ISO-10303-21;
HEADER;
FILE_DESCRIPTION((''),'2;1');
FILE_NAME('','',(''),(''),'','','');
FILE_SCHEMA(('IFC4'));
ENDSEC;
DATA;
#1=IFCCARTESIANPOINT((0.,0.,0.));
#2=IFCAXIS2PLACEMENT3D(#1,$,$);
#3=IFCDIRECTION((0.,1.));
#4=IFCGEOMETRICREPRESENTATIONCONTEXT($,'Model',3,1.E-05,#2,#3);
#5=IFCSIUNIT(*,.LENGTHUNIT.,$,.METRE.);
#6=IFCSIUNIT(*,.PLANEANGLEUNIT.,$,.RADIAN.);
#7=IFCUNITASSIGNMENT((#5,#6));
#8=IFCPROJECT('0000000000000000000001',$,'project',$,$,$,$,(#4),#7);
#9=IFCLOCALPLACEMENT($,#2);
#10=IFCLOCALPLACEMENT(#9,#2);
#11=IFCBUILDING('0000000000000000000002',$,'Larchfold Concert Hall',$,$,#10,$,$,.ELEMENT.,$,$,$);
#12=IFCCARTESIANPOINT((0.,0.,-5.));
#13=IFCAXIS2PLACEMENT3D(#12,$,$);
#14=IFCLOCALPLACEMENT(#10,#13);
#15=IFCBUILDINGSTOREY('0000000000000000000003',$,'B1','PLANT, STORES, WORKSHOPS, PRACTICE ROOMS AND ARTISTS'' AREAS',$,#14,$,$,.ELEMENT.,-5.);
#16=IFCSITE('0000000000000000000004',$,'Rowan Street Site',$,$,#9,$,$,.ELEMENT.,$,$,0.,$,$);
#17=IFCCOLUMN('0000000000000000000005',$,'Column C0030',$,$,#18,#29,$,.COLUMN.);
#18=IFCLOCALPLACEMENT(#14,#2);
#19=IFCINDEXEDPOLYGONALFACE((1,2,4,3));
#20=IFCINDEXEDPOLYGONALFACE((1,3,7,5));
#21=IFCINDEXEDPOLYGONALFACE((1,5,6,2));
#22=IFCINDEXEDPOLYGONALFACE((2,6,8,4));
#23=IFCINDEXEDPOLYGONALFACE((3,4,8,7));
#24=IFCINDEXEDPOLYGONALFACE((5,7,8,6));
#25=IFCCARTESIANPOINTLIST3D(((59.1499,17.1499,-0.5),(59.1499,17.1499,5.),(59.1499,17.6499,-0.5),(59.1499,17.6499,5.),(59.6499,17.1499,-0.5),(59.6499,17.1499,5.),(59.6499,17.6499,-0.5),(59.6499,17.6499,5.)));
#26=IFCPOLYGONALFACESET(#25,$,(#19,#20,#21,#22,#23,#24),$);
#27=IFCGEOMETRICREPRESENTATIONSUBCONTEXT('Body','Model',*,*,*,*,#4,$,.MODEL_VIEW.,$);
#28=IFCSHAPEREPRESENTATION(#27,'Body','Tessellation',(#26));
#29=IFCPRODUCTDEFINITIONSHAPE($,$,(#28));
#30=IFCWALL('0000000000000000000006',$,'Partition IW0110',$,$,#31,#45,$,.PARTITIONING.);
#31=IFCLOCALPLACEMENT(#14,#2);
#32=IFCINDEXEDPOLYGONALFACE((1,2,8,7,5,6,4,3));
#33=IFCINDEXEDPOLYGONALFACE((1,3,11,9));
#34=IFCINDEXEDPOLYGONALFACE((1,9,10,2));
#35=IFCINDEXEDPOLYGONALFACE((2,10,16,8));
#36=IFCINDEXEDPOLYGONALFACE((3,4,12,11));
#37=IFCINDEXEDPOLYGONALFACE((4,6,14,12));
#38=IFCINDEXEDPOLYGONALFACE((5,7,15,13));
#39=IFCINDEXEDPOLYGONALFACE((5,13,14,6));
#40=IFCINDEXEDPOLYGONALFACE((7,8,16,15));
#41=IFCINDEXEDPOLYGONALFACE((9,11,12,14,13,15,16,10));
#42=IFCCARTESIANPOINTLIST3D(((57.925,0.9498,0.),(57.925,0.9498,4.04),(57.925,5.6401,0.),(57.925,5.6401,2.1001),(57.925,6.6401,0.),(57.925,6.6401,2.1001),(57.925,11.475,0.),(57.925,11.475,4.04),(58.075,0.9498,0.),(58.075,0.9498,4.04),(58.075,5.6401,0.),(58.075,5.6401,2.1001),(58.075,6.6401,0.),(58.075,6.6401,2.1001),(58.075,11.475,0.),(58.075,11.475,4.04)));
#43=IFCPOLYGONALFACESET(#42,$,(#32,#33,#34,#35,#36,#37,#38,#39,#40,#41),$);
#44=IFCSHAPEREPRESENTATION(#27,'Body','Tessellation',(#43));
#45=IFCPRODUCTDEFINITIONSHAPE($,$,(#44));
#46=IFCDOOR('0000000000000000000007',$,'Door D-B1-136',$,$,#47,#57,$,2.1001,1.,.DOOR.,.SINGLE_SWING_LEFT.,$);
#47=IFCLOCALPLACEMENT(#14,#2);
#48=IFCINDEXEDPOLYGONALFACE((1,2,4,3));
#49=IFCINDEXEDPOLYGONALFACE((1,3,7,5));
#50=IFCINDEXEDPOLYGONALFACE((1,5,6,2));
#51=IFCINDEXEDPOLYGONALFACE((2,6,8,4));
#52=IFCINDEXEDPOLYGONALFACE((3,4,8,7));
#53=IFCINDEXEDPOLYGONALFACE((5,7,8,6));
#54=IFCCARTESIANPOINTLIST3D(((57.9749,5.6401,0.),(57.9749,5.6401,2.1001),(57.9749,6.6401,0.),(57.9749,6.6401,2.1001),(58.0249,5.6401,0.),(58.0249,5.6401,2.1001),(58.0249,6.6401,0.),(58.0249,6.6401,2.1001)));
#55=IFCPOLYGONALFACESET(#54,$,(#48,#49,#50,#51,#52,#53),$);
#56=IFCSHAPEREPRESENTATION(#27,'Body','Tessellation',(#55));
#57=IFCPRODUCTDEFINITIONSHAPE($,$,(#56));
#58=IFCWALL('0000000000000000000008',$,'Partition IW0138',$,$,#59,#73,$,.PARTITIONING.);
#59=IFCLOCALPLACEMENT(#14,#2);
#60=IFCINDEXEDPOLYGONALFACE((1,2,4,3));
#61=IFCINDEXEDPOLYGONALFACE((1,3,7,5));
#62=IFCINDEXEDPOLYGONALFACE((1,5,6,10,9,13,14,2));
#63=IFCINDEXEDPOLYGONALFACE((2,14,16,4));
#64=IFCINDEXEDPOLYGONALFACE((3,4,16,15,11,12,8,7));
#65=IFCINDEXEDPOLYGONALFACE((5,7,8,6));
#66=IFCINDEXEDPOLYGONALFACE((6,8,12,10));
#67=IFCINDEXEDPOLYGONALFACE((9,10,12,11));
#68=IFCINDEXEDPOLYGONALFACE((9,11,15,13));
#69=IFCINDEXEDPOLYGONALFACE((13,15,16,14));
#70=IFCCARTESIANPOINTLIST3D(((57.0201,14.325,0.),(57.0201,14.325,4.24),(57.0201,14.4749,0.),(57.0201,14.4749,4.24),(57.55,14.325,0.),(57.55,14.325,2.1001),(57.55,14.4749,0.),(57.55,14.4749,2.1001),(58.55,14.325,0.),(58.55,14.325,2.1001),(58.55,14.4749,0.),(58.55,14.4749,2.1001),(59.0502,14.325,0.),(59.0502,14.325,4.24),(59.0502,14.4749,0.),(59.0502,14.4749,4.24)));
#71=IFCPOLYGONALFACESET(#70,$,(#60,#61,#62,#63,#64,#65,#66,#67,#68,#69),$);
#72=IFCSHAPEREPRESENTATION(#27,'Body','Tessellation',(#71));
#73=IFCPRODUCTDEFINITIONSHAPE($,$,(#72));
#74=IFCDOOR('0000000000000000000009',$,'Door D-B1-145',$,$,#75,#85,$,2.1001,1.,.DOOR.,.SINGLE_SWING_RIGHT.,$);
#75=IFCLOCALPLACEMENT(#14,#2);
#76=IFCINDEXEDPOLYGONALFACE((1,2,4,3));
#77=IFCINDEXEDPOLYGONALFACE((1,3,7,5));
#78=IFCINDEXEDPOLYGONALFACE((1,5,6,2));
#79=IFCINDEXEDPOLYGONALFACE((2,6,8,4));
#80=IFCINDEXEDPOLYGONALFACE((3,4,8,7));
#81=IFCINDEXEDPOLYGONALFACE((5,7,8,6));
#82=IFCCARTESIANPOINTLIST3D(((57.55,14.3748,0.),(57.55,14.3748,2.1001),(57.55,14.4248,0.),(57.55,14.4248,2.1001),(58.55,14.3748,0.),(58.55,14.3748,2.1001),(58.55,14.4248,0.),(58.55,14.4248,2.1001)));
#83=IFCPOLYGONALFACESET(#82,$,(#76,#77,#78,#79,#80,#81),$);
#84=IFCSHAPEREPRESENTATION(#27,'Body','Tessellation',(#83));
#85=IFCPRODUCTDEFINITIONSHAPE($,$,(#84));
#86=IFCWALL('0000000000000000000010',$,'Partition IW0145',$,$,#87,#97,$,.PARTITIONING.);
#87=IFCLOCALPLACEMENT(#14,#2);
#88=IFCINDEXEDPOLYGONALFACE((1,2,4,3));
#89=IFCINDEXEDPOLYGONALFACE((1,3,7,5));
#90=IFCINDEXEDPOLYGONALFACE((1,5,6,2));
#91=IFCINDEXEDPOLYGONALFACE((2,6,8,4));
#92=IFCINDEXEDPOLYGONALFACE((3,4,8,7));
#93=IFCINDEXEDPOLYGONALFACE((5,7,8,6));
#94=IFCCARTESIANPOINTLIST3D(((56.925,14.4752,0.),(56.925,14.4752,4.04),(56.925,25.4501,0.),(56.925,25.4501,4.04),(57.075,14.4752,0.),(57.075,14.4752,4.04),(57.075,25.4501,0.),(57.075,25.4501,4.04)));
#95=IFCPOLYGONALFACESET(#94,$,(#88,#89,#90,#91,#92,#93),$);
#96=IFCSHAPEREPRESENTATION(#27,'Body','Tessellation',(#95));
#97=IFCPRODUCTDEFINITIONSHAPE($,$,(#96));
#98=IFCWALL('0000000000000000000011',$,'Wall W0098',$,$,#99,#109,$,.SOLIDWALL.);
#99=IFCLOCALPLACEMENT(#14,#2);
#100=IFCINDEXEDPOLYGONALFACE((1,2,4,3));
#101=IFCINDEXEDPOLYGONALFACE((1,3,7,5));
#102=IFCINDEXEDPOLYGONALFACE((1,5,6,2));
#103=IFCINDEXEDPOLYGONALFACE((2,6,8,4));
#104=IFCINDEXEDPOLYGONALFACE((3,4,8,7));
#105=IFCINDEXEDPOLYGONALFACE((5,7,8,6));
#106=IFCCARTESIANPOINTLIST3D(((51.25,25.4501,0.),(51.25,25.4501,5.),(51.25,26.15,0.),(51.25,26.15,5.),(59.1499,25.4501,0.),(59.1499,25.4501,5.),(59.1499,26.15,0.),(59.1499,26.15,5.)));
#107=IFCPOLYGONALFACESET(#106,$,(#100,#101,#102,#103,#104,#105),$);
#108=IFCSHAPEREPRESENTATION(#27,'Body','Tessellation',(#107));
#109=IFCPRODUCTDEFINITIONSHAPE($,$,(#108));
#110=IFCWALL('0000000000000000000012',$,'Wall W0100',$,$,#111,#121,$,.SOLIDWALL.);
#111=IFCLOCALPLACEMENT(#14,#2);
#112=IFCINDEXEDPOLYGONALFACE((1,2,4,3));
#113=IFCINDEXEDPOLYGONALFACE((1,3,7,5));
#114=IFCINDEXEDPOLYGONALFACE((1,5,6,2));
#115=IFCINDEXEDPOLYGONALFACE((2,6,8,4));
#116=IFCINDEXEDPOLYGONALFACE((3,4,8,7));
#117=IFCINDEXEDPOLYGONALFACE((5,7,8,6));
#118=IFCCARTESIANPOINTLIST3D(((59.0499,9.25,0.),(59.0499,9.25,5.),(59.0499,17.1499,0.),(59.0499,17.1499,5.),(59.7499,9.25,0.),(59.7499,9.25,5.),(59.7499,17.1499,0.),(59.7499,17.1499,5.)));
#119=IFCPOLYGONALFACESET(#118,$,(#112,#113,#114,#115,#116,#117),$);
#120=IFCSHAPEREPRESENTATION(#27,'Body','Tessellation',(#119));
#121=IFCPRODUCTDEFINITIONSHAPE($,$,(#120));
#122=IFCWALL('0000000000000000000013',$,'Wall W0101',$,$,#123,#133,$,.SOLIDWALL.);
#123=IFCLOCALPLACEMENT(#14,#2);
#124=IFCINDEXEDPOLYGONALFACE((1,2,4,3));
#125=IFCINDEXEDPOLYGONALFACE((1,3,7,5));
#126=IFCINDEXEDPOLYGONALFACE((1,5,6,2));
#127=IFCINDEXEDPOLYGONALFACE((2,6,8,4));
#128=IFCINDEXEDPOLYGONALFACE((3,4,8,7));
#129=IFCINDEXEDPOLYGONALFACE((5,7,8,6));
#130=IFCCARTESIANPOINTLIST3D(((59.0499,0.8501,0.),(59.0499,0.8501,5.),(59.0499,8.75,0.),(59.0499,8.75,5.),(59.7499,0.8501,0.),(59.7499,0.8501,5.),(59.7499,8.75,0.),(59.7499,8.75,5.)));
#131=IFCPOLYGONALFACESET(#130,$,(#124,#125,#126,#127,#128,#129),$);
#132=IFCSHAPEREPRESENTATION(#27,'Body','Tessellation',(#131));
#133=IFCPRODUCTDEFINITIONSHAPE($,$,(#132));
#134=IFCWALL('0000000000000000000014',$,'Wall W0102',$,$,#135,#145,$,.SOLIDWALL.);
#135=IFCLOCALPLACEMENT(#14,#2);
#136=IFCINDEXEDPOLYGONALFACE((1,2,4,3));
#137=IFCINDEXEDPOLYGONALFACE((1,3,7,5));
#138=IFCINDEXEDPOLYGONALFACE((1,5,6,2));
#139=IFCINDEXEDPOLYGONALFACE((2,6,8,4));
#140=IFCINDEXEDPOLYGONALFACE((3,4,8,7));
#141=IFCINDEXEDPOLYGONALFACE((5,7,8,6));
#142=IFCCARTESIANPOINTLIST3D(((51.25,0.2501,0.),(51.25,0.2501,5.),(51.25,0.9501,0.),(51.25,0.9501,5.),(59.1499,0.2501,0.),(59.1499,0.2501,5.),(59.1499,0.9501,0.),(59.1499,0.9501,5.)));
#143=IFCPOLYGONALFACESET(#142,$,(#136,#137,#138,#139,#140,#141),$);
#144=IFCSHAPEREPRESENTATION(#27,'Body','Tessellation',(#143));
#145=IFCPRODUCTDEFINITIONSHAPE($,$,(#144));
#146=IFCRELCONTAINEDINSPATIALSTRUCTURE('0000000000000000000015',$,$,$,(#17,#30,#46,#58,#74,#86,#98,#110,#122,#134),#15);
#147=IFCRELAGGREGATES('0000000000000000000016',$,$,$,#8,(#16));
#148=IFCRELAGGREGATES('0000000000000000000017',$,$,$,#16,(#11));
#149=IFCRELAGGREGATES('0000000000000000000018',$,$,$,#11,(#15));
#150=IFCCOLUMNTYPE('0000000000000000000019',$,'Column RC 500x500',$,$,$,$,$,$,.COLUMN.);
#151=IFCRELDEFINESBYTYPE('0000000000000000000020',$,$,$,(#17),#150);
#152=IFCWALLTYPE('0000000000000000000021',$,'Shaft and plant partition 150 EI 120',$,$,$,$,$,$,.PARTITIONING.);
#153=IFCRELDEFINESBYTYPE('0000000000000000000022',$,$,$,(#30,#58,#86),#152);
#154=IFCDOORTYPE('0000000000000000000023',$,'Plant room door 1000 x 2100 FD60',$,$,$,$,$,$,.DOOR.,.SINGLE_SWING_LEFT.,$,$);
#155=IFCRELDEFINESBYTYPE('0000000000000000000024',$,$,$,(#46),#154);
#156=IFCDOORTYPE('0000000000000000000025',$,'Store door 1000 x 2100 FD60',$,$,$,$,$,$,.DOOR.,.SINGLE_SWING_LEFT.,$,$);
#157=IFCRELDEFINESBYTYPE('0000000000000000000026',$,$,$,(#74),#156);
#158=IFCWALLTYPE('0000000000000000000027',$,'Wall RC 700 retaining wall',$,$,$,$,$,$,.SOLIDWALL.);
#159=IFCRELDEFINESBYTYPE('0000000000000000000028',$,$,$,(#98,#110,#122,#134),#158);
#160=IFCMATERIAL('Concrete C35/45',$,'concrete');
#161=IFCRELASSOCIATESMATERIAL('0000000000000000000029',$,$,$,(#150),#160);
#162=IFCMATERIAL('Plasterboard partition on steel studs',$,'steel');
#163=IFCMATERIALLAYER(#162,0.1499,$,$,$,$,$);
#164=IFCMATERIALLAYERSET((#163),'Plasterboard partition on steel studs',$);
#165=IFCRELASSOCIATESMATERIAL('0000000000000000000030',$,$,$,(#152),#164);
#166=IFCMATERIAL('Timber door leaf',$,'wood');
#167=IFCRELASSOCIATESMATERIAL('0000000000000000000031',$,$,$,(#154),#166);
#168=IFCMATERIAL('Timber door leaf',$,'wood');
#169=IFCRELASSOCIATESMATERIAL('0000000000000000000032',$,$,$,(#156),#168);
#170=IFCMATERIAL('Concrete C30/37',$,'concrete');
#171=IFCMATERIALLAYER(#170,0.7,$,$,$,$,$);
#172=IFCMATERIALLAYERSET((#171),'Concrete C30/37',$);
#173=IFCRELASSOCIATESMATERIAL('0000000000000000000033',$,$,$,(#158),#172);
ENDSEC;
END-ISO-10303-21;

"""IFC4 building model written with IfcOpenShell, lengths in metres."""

from ifc_helpers import new_model, si_unit, direction, frame, frame_2d, origin, origin_2d, place, context, subcontext, project, spatial, rectangle, extrude, material, layer, layer_set, material_profile, profile_set, type_object, element, fill, save


model = new_model("IFC4")

# Units and contexts
model_context = context("Model", 3, precision=1e-05, world=origin(), true_north=direction((0.0, 1.0)))
body_context = subcontext(model_context, "Body", "Model", "MODEL_VIEW")
ifc_project = project(units=[si_unit("LENGTHUNIT", "METRE"), si_unit("PLANEANGLEUNIT", "RADIAN")], contexts=[model_context])

# Site, building, storey
site_placement = place(None, origin())
site = spatial("IfcSite", under=ifc_project, at=site_placement, Name="Rowan Street Site", CompositionType="ELEMENT", RefElevation=0.0)
building_placement = place(site_placement, origin())
building = spatial("IfcBuilding", under=site, at=building_placement, Name="Larchfold Concert Hall", CompositionType="ELEMENT")
storey_placement = place(building_placement, frame((0.0, 0.0, -5.0)))
storey = spatial("IfcBuildingStorey", under=building, at=storey_placement, Name="B1", Description="PLANT, STORES, WORKSHOPS, PRACTICE ROOMS AND ARTISTS' AREAS", CompositionType="ELEMENT", Elevation=-5.0)

# Column
ifc_material_1 = material(Name="Concrete C35/45", Category="concrete")
ifc_material_profile_1 = material_profile(ifc_material_1, rectangle(XDim=0.5, YDim=0.5, at=origin_2d()))
ifc_profile_set_1 = profile_set([ifc_material_profile_1], Name="Concrete C35/45")
column_type = type_object("IfcColumnType", Name="Column RC 500x500", PredefinedType="COLUMN", material=ifc_profile_set_1)
for number, where, z_axis, x_axis, name in (
    (1, (59.3999, 17.3999, -0.5), (0.0, 0.0, 1.0), (1.0, 0.0, 0.0), "Column C0030"),
):
    element("IfcColumn", number, at=place(storey_placement, frame(where, z_axis=z_axis, x_axis=x_axis)), inside=storey, type_object=column_type, Name=name, PredefinedType="COLUMN", context=body_context, shape_type="SweptSolid", body=[
        extrude(rectangle(XDim=0.5, YDim=0.5, at=origin_2d()), origin(), (0.0, 0.0, 1.0), 5.5),
    ])

# Walls, openings, doors
ifc_material_2 = material(Name="Plasterboard partition on steel studs", Category="steel")
ifc_layer_1 = layer(ifc_material_2, 0.1499)
ifc_layer_set_1 = layer_set([ifc_layer_1], Name="Plasterboard partition on steel studs")
wall_type_1 = type_object("IfcWallType", Name="Shaft and plant partition 150 EI 120", PredefinedType="PARTITIONING", material=ifc_layer_set_1)
wall_1_placement = place(storey_placement, frame((58.0, 11.4751, 0.0), z_axis=(0.0, 0.0, 1.0), x_axis=(0.0, -1.0, 0.0)))
wall_1 = element("IfcWall", 2, at=wall_1_placement, inside=storey, type_object=wall_type_1, Name="Partition IW0110", PredefinedType="PARTITIONING", context=body_context, shape_type="SweptSolid", body=[
    extrude(rectangle(XDim=10.5251, YDim=0.1499, at=frame_2d((5.2627, 0.0))), origin(), (0.0, 0.0, 1.0), 4.04),
])
opening_1_placement = place(wall_1_placement, frame((4.835, 0.0, 0.0)))
opening_1 = element("IfcOpeningElement", 3, at=opening_1_placement, cuts=wall_1, PredefinedType="OPENING", context=body_context, shape_type="SweptSolid", body=[
    extrude(rectangle(XDim=1.0, YDim=2.1001, at=frame_2d((0.5, 1.05))), frame((0.0, 0.085, 0.0), z_axis=(0.0, -1.0, 0.0), x_axis=(1.0, 0.0, 0.0)), (0.0, 0.0, 1.0), 0.1699),
])
ifc_material_3 = material(Name="Timber door leaf", Category="wood")
door_type_1 = type_object("IfcDoorType", Name="Plant room door 1000 x 2100 FD60", OperationType="SINGLE_SWING_LEFT", PredefinedType="DOOR", material=ifc_material_3)
door_1_placement = place(opening_1_placement, origin())
door_1 = element("IfcDoor", 4, at=door_1_placement, inside=storey, type_object=door_type_1, Name="Door D-B1-136", OperationType="SINGLE_SWING_LEFT", OverallHeight=2.1001, OverallWidth=1.0, PredefinedType="DOOR", context=body_context, shape_type="SweptSolid", body=[
    extrude(rectangle(XDim=1.0, YDim=2.1001, at=frame_2d((0.5, 1.05))), frame((0.0, 0.0249, 0.0), z_axis=(0.0, -1.0, 0.0), x_axis=(1.0, 0.0, 0.0)), (0.0, 0.0, 1.0), 0.05),
])
fill(opening_1, door_1)
wall_2_placement = place(storey_placement, frame((57.02, 14.3999, 0.0), z_axis=(0.0, 0.0, 1.0), x_axis=(1.0, 0.0, 0.0)))
wall_2 = element("IfcWall", 5, at=wall_2_placement, inside=storey, type_object=wall_type_1, Name="Partition IW0138", PredefinedType="PARTITIONING", context=body_context, shape_type="SweptSolid", body=[
    extrude(rectangle(XDim=2.03, YDim=0.1499, at=frame_2d((1.0151, 0.0))), origin(), (0.0, 0.0, 1.0), 4.24),
])
opening_2_placement = place(wall_2_placement, frame((0.53, 0.0, 0.0)))
opening_2 = element("IfcOpeningElement", 6, at=opening_2_placement, cuts=wall_2, PredefinedType="OPENING", context=body_context, shape_type="SweptSolid", body=[
    extrude(rectangle(XDim=1.0, YDim=2.1001, at=frame_2d((0.5, 1.05))), frame((0.0, 0.085, 0.0), z_axis=(0.0, -1.0, 0.0), x_axis=(1.0, 0.0, 0.0)), (0.0, 0.0, 1.0), 0.1699),
])
ifc_material_4 = material(Name="Timber door leaf", Category="wood")
door_type_2 = type_object("IfcDoorType", Name="Store door 1000 x 2100 FD60", OperationType="SINGLE_SWING_LEFT", PredefinedType="DOOR", material=ifc_material_4)
door_2_placement = place(opening_2_placement, origin())
door_2 = element("IfcDoor", 7, at=door_2_placement, inside=storey, type_object=door_type_2, Name="Door D-B1-145", OperationType="SINGLE_SWING_RIGHT", OverallHeight=2.1001, OverallWidth=1.0, PredefinedType="DOOR", context=body_context, shape_type="SweptSolid", body=[
    extrude(rectangle(XDim=1.0, YDim=2.1001, at=frame_2d((0.5, 1.05))), frame((0.0, 0.0249, 0.0), z_axis=(0.0, -1.0, 0.0), x_axis=(1.0, 0.0, 0.0)), (0.0, 0.0, 1.0), 0.05),
])
fill(opening_2, door_2)

# Walls
wall_3_placement = place(storey_placement, frame((57.0, 25.45, 0.0), z_axis=(0.0, 0.0, 1.0), x_axis=(0.0, -1.0, 0.0)))
element("IfcWall", 8, at=wall_3_placement, inside=storey, type_object=wall_type_1, Name="Partition IW0145", PredefinedType="PARTITIONING", context=body_context, shape_type="SweptSolid", body=[
    extrude(rectangle(XDim=10.9749, YDim=0.1499, at=frame_2d((5.4873, 0.0))), origin(), (0.0, 0.0, 1.0), 4.04),
])
ifc_material_5 = material(Name="Concrete C30/37", Category="concrete")
ifc_layer_2 = layer(ifc_material_5, 0.7)
ifc_layer_set_2 = layer_set([ifc_layer_2], Name="Concrete C30/37")
wall_type_2 = type_object("IfcWallType", Name="Wall RC 700 retaining wall", PredefinedType="SOLIDWALL", material=ifc_layer_set_2)
for number, where, z_axis, x_axis, name in (
    (9, (51.25, 25.8, 0.0), (0.0, 0.0, 1.0), (1.0, 0.0, 0.0), "Wall W0098"),
    (10, (59.3999, 17.1499, 0.0), (0.0, 0.0, 1.0), (0.0, -1.0, 0.0), "Wall W0100"),
    (11, (59.3999, 8.75, 0.0), (0.0, 0.0, 1.0), (0.0, -1.0, 0.0), "Wall W0101"),
    (12, (59.1499, 0.6001, 0.0), (0.0, 0.0, 1.0), (-1.0, 0.0, 0.0), "Wall W0102"),
):
    element("IfcWall", number, at=place(storey_placement, frame(where, z_axis=z_axis, x_axis=x_axis)), inside=storey, type_object=wall_type_2, Name=name, PredefinedType="SOLIDWALL", context=body_context, shape_type="SweptSolid", body=[
        extrude(rectangle(XDim=7.8999, YDim=0.7, at=frame_2d((3.95, 0.0))), origin(), (0.0, 0.0, 1.0), 5.0),
    ])

save(model, "model.ifc")
